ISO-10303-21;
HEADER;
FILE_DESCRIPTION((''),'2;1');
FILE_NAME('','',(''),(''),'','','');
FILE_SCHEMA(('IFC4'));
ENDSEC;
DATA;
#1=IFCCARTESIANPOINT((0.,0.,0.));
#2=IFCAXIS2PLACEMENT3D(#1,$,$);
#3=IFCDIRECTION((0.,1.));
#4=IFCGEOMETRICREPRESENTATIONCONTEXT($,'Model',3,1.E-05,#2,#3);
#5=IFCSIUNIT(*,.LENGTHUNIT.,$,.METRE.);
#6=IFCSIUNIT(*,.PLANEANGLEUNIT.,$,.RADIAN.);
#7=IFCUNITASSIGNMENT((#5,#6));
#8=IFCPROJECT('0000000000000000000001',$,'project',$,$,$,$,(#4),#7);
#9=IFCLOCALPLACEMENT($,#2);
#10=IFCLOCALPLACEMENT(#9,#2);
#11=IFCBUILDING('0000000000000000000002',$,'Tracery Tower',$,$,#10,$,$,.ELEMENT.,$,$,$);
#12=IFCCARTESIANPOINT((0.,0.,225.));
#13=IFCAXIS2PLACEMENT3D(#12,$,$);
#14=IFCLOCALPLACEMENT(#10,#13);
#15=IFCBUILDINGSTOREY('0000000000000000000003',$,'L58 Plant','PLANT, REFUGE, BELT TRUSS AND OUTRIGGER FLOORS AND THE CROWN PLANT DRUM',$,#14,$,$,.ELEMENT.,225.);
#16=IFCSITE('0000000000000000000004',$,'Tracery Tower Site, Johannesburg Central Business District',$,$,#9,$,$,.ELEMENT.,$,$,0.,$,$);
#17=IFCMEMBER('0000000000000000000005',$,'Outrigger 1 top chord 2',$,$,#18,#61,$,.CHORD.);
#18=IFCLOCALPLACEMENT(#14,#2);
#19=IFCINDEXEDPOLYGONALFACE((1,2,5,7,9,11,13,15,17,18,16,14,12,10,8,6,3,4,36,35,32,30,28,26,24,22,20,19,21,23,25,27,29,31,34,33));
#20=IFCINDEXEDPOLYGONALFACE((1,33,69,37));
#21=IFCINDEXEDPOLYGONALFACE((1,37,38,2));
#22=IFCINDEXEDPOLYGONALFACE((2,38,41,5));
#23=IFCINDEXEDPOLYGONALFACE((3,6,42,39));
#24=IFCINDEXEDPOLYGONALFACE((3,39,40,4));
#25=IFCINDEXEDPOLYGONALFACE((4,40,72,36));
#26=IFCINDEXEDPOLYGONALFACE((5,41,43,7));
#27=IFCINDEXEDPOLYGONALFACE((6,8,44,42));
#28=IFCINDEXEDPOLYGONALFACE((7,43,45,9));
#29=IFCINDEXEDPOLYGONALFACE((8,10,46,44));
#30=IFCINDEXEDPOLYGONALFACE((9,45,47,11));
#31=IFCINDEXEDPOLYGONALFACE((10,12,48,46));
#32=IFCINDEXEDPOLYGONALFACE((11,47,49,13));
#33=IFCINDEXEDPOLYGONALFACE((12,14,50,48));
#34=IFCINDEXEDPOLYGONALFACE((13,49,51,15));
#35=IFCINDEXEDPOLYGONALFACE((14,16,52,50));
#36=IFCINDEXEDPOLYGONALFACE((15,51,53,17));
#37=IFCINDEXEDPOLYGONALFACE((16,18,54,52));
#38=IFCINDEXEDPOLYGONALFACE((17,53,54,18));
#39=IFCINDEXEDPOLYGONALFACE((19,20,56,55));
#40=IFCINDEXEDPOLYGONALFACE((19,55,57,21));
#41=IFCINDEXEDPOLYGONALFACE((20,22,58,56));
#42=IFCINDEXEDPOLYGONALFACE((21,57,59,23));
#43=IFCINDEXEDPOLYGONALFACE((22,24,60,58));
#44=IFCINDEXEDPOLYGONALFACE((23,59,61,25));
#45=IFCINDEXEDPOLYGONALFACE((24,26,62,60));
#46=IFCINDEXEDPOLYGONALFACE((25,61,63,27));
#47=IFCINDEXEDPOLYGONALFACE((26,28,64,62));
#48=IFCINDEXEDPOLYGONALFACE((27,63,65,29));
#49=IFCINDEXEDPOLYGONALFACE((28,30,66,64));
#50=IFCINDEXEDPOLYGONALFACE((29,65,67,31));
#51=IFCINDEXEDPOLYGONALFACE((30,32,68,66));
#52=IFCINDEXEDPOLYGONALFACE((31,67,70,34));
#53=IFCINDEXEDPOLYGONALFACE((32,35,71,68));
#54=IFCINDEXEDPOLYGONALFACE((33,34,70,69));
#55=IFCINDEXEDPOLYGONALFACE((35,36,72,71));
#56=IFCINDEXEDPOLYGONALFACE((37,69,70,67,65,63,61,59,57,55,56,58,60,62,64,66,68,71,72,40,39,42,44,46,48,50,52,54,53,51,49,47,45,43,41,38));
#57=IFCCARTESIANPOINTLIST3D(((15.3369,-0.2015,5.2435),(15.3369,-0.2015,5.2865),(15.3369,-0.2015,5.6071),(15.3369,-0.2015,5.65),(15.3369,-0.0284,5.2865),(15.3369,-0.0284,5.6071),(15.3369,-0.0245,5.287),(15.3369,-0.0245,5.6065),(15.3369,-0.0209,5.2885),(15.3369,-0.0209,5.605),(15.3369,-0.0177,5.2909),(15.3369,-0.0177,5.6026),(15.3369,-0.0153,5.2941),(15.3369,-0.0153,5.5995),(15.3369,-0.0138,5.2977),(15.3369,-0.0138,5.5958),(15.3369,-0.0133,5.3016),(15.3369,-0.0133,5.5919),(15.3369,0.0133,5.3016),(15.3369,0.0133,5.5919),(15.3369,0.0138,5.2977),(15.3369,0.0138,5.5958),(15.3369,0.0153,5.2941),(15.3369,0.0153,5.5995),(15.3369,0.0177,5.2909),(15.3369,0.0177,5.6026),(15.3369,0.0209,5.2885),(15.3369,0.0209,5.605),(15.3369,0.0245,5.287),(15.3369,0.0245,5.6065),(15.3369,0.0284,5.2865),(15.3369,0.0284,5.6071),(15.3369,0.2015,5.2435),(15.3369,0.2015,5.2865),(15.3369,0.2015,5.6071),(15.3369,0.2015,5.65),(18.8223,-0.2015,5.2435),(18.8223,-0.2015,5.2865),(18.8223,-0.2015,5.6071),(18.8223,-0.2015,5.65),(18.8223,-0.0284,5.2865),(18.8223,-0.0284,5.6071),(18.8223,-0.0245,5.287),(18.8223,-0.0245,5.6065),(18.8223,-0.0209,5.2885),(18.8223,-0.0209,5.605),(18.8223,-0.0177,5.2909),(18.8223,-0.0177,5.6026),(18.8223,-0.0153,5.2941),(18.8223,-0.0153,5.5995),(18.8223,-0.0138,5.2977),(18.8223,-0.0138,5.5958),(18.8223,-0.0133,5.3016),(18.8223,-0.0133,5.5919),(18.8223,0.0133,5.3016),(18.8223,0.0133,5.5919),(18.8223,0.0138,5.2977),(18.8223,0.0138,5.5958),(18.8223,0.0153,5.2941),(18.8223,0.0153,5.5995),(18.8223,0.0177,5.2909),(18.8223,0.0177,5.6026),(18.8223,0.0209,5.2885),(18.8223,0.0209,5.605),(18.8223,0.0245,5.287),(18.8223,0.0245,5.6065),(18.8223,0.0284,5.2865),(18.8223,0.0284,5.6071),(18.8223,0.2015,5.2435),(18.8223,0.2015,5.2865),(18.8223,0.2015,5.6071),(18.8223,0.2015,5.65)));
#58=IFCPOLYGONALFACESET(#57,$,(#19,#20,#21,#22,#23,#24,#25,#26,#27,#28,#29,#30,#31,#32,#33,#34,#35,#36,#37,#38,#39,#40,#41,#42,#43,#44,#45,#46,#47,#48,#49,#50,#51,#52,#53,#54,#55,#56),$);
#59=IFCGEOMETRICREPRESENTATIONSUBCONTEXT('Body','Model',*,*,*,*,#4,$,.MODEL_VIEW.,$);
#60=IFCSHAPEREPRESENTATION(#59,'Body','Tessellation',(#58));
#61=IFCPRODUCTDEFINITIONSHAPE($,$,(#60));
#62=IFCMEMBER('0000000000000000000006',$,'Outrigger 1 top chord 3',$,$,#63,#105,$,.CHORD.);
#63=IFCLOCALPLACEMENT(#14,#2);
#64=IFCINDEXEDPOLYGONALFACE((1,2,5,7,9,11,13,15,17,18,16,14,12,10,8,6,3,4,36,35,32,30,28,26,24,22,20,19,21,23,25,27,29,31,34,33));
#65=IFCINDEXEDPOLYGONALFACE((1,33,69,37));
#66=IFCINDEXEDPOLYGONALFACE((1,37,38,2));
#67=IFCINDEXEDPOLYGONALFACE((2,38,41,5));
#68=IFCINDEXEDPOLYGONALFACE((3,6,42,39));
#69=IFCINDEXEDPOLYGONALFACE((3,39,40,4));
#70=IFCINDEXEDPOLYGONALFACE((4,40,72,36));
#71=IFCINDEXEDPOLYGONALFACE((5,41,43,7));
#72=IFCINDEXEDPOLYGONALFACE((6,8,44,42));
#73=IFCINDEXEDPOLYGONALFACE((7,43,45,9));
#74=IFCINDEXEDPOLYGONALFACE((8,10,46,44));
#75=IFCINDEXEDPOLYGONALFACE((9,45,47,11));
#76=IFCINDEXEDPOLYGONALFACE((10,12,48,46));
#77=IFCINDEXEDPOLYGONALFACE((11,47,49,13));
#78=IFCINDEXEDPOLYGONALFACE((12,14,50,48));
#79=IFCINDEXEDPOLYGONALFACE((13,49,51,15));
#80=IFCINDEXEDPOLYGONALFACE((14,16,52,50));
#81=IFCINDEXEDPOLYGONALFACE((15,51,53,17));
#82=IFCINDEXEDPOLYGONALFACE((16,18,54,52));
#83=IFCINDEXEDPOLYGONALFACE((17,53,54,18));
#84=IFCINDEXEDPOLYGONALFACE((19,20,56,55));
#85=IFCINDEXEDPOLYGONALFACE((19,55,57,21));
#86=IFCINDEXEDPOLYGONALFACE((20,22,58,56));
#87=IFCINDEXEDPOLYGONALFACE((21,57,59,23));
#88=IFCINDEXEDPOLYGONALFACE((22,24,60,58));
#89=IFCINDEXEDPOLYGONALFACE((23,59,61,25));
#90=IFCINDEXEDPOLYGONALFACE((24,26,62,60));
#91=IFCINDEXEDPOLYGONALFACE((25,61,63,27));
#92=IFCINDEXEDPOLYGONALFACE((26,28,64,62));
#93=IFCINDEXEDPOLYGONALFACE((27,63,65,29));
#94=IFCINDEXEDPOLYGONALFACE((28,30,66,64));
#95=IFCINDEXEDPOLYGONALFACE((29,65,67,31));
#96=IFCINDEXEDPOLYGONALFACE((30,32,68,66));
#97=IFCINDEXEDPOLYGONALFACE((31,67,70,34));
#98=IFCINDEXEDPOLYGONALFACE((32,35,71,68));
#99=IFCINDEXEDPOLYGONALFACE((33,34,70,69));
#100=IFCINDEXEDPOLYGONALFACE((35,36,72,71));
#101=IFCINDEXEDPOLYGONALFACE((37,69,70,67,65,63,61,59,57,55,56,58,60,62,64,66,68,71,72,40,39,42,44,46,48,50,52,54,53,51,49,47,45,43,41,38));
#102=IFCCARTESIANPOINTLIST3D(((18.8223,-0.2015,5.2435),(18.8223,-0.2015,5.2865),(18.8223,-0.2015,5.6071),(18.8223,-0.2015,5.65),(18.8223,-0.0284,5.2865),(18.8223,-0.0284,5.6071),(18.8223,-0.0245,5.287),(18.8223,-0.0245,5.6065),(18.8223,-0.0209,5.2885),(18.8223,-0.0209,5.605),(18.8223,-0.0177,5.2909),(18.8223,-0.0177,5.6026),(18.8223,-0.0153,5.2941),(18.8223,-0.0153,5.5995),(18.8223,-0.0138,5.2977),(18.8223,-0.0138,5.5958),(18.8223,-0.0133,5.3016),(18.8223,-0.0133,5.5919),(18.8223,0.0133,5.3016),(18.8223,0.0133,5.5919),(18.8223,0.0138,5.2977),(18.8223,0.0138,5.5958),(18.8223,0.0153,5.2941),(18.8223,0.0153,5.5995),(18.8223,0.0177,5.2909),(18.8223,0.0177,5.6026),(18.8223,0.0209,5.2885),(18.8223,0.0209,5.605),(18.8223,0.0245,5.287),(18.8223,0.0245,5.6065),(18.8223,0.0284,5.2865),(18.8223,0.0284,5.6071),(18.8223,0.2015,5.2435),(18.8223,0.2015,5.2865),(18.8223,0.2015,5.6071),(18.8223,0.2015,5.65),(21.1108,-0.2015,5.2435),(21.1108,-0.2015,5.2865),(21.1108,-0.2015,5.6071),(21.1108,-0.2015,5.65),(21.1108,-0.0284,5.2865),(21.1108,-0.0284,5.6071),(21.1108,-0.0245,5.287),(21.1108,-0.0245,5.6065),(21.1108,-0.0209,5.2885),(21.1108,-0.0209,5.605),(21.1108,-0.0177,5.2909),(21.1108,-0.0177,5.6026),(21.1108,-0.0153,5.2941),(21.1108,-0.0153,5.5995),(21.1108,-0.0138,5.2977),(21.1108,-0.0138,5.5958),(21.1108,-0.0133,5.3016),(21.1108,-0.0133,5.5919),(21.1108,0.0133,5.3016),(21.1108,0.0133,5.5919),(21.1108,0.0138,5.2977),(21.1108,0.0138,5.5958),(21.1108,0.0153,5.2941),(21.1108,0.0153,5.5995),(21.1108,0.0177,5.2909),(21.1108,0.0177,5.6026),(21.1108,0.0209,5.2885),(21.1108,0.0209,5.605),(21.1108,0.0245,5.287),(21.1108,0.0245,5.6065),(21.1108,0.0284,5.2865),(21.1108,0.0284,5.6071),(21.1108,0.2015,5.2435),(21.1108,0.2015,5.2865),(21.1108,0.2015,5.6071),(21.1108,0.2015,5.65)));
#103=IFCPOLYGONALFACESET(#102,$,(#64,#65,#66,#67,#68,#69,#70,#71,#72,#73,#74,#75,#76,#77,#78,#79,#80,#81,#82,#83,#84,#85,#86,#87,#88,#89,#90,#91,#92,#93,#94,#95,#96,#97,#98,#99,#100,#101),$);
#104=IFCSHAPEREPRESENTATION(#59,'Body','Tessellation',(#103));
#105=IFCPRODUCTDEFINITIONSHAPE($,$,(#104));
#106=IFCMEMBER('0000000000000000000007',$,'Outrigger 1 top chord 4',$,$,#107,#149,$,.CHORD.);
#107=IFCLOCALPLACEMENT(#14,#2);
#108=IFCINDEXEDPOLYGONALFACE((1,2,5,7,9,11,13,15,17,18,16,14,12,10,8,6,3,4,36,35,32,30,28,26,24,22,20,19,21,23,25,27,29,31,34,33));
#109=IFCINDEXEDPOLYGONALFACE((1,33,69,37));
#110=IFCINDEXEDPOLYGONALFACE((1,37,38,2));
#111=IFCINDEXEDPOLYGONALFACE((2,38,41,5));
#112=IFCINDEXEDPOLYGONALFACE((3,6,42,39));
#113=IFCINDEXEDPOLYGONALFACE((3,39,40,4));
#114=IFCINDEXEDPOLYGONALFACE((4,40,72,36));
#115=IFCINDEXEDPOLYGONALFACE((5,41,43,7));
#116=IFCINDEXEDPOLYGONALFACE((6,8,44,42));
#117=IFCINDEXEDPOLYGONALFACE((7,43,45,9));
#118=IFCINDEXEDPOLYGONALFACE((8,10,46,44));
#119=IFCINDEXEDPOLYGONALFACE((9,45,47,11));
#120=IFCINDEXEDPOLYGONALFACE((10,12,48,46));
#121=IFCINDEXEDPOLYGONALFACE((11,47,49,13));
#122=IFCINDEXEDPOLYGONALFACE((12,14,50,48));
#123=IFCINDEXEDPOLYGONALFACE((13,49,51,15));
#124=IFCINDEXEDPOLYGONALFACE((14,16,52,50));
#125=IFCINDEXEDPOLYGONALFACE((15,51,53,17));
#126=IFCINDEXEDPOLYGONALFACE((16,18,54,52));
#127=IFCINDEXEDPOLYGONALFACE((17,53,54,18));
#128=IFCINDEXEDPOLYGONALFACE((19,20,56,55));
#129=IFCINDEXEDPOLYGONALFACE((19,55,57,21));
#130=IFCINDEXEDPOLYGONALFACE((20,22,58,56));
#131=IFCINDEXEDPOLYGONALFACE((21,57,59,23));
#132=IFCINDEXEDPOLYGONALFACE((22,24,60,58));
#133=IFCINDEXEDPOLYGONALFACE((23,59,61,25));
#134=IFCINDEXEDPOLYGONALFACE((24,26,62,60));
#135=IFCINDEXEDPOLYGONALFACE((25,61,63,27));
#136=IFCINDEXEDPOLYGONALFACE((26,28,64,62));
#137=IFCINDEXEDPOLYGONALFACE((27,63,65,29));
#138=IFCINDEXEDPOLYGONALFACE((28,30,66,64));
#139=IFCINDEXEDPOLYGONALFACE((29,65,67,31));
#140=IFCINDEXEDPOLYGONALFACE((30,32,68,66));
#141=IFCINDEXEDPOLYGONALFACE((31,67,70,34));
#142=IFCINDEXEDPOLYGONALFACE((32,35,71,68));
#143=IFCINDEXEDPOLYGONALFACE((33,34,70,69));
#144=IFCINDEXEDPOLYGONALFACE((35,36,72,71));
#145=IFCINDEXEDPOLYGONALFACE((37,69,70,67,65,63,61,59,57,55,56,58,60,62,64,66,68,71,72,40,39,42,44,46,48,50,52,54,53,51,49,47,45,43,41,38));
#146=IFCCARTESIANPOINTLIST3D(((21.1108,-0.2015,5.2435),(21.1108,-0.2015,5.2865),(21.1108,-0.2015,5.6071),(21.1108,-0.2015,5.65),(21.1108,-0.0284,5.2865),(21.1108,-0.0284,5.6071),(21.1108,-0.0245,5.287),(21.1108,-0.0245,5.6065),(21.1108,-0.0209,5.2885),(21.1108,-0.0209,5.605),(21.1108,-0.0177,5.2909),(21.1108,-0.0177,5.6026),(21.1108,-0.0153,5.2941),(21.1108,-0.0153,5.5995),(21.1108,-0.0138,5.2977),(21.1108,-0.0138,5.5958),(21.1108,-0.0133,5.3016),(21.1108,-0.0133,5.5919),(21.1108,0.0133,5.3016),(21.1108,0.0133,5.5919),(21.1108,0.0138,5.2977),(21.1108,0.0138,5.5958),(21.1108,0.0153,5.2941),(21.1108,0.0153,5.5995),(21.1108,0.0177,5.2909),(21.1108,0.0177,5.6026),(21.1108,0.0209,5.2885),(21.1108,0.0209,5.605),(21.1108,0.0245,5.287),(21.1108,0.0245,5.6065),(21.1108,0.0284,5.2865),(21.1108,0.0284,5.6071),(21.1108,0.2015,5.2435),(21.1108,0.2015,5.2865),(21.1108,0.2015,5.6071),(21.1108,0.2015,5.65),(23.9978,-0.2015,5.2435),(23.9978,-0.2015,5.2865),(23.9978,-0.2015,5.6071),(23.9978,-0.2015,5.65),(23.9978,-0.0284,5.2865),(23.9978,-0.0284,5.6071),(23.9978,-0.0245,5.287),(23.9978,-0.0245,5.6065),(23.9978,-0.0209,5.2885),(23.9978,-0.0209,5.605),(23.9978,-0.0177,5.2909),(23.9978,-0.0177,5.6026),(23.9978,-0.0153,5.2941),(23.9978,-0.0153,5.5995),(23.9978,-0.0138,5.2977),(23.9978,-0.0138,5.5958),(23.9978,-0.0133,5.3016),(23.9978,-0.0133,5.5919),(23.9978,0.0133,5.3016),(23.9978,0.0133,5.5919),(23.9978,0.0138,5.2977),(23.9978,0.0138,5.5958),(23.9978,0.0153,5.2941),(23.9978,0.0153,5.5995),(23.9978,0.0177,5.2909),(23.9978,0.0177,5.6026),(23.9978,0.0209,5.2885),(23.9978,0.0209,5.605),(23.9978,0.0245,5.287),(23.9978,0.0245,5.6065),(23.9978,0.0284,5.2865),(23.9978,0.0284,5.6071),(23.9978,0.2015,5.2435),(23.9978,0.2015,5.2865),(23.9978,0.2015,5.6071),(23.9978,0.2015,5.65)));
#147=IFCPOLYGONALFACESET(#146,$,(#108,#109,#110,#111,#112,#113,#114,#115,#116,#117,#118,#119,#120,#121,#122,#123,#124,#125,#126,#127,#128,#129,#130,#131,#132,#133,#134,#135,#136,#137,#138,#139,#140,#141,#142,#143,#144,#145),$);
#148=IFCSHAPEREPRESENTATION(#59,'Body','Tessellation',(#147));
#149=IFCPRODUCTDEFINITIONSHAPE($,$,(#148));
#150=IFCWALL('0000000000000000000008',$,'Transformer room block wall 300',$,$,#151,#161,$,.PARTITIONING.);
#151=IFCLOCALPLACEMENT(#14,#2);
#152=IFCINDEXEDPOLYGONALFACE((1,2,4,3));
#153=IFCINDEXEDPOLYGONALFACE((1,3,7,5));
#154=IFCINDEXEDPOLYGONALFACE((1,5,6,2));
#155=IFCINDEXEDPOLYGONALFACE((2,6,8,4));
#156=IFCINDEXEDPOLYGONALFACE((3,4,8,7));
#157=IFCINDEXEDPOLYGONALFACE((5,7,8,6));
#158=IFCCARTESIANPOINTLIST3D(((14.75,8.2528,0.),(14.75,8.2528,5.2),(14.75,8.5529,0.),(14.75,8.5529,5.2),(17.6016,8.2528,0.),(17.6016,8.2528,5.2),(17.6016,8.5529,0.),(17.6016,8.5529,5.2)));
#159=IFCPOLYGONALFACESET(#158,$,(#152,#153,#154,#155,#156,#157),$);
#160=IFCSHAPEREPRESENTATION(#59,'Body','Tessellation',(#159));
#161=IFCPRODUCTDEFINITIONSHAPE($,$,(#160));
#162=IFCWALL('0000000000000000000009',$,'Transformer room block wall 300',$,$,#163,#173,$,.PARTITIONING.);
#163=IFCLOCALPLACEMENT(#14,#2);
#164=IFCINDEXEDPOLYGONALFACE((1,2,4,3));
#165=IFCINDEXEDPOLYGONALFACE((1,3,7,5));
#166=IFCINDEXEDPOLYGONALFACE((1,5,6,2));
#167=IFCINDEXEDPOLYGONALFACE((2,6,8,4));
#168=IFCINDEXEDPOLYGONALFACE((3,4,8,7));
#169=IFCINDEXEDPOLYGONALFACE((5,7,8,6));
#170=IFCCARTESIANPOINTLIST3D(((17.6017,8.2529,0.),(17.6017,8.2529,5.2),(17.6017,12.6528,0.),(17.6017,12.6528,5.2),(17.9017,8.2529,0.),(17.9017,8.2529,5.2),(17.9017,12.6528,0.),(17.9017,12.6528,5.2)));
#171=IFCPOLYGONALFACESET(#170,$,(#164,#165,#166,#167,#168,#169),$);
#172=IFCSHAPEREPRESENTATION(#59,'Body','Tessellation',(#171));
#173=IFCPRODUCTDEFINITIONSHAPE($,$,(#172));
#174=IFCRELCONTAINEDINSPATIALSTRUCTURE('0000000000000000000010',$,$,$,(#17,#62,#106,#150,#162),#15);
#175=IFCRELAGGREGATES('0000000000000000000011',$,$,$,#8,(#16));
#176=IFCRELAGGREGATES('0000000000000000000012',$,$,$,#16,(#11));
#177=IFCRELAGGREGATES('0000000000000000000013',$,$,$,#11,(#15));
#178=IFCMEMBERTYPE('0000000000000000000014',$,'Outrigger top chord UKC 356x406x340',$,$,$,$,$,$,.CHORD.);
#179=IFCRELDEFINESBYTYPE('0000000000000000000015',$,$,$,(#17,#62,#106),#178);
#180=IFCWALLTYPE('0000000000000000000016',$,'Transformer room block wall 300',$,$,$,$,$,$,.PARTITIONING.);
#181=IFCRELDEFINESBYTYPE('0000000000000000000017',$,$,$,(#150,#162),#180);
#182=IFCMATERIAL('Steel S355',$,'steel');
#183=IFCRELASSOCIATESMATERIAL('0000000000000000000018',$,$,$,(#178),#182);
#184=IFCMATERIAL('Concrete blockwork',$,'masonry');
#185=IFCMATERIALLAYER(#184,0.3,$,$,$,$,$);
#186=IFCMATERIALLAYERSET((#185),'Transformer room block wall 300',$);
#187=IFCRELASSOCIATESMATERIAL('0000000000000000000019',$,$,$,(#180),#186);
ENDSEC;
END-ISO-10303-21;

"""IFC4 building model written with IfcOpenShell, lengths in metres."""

from ifc_helpers import new_model, si_unit, direction, frame, frame_2d, origin, origin_2d, place, context, subcontext, project, spatial, rectangle, i_section, extrude, material, layer, layer_set, material_profile, profile_set, type_object, element, save


model = new_model("IFC4")

# Units and contexts
model_context = context("Model", 3, precision=1e-05, world=origin(), true_north=direction((0.0, 1.0)))
body_context = subcontext(model_context, "Body", "Model", "MODEL_VIEW")
ifc_project = project(units=[si_unit("LENGTHUNIT", "METRE"), si_unit("PLANEANGLEUNIT", "RADIAN")], contexts=[model_context])

# Site, building, storey
site_placement = place(None, origin())
site = spatial("IfcSite", under=ifc_project, at=site_placement, Name="Tracery Tower Site, Johannesburg Central Business District", CompositionType="ELEMENT", RefElevation=0.0)
building_placement = place(site_placement, origin())
building = spatial("IfcBuilding", under=site, at=building_placement, Name="Tracery Tower", CompositionType="ELEMENT")
storey_placement = place(building_placement, frame((0.0, 0.0, 225.0)))
storey = spatial("IfcBuildingStorey", under=building, at=storey_placement, Name="L58 Plant", Description="PLANT, REFUGE, BELT TRUSS AND OUTRIGGER FLOORS AND THE CROWN PLANT DRUM", CompositionType="ELEMENT", Elevation=225.0)

# Members
ifc_material_1 = material(Name="Steel S355", Category="steel")
ifc_material_profile_1 = material_profile(ifc_material_1, i_section(OverallWidth=0.4031, OverallDepth=0.4065, WebThickness=0.0266, FlangeThickness=0.043, FilletRadius=0.0151, at=origin_2d()), Name="UKC 356x406x340")
ifc_profile_set_1 = profile_set([ifc_material_profile_1], Name="Steel S355")
member_type_1 = type_object("IfcMemberType", Name="Outrigger top chord UKC 356x406x340", PredefinedType="CHORD", material=ifc_profile_set_1)
member_1_placement = place(storey_placement, frame((15.3369, 0.0, 5.4468), z_axis=(1.0, 0.0, 0.0), x_axis=(0.0, 1.0, 0.0)))
element("IfcMember", 1, at=member_1_placement, inside=storey, type_object=member_type_1, Name="Outrigger 1 top chord 2", PredefinedType="CHORD", context=body_context, shape_type="SweptSolid", body=[
    extrude(i_section(OverallWidth=0.4031, OverallDepth=0.4065, WebThickness=0.0266, FlangeThickness=0.043, FilletRadius=0.0151, at=origin_2d()), origin(), (0.0, 0.0, 1.0), 3.4854),
])
member_2_placement = place(storey_placement, frame((18.8223, 0.0, 5.4468), z_axis=(1.0, 0.0, 0.0), x_axis=(0.0, 1.0, 0.0)))
element("IfcMember", 2, at=member_2_placement, inside=storey, type_object=member_type_1, Name="Outrigger 1 top chord 3", PredefinedType="CHORD", context=body_context, shape_type="SweptSolid", body=[
    extrude(i_section(OverallWidth=0.4031, OverallDepth=0.4065, WebThickness=0.0266, FlangeThickness=0.043, FilletRadius=0.0151, at=origin_2d()), origin(), (0.0, 0.0, 1.0), 2.2886),
])
member_3_placement = place(storey_placement, frame((21.1108, 0.0, 5.4468), z_axis=(1.0, 0.0, 0.0), x_axis=(0.0, 1.0, 0.0)))
element("IfcMember", 3, at=member_3_placement, inside=storey, type_object=member_type_1, Name="Outrigger 1 top chord 4", PredefinedType="CHORD", context=body_context, shape_type="SweptSolid", body=[
    extrude(i_section(OverallWidth=0.4031, OverallDepth=0.4065, WebThickness=0.0266, FlangeThickness=0.043, FilletRadius=0.0151, at=origin_2d()), origin(), (0.0, 0.0, 1.0), 2.887),
])

# Shared definitions
ifc_material_2 = material(Name="Concrete blockwork", Category="masonry")
ifc_layer = layer(ifc_material_2, 0.3)
ifc_layer_set = layer_set([ifc_layer], Name="Transformer room block wall 300")
wall_type = type_object("IfcWallType", Name="Transformer room block wall 300", PredefinedType="PARTITIONING", material=ifc_layer_set)

# Walls
wall_1_placement = place(storey_placement, frame((14.75, 8.4028, 0.0), z_axis=(0.0, 0.0, 1.0), x_axis=(1.0, 0.0, 0.0)))
element("IfcWall", 4, at=wall_1_placement, inside=storey, type_object=wall_type, Name="Transformer room block wall 300", PredefinedType="PARTITIONING", context=body_context, shape_type="SweptSolid", body=[
    extrude(rectangle(XDim=2.8516, YDim=0.3, at=frame_2d((1.4258, 0.0))), origin(), (0.0, 0.0, 1.0), 5.2),
])
wall_2_placement = place(storey_placement, frame((17.7517, 8.2529, 0.0), z_axis=(0.0, 0.0, 1.0), x_axis=(0.0, 1.0, 0.0)))
element("IfcWall", 5, at=wall_2_placement, inside=storey, type_object=wall_type, Name="Transformer room block wall 300", PredefinedType="PARTITIONING", context=body_context, shape_type="SweptSolid", body=[
    extrude(rectangle(XDim=4.3999, YDim=0.3, at=frame_2d((2.2, 0.0))), origin(), (0.0, 0.0, 1.0), 5.2),
])

save(model, "model.ifc")
